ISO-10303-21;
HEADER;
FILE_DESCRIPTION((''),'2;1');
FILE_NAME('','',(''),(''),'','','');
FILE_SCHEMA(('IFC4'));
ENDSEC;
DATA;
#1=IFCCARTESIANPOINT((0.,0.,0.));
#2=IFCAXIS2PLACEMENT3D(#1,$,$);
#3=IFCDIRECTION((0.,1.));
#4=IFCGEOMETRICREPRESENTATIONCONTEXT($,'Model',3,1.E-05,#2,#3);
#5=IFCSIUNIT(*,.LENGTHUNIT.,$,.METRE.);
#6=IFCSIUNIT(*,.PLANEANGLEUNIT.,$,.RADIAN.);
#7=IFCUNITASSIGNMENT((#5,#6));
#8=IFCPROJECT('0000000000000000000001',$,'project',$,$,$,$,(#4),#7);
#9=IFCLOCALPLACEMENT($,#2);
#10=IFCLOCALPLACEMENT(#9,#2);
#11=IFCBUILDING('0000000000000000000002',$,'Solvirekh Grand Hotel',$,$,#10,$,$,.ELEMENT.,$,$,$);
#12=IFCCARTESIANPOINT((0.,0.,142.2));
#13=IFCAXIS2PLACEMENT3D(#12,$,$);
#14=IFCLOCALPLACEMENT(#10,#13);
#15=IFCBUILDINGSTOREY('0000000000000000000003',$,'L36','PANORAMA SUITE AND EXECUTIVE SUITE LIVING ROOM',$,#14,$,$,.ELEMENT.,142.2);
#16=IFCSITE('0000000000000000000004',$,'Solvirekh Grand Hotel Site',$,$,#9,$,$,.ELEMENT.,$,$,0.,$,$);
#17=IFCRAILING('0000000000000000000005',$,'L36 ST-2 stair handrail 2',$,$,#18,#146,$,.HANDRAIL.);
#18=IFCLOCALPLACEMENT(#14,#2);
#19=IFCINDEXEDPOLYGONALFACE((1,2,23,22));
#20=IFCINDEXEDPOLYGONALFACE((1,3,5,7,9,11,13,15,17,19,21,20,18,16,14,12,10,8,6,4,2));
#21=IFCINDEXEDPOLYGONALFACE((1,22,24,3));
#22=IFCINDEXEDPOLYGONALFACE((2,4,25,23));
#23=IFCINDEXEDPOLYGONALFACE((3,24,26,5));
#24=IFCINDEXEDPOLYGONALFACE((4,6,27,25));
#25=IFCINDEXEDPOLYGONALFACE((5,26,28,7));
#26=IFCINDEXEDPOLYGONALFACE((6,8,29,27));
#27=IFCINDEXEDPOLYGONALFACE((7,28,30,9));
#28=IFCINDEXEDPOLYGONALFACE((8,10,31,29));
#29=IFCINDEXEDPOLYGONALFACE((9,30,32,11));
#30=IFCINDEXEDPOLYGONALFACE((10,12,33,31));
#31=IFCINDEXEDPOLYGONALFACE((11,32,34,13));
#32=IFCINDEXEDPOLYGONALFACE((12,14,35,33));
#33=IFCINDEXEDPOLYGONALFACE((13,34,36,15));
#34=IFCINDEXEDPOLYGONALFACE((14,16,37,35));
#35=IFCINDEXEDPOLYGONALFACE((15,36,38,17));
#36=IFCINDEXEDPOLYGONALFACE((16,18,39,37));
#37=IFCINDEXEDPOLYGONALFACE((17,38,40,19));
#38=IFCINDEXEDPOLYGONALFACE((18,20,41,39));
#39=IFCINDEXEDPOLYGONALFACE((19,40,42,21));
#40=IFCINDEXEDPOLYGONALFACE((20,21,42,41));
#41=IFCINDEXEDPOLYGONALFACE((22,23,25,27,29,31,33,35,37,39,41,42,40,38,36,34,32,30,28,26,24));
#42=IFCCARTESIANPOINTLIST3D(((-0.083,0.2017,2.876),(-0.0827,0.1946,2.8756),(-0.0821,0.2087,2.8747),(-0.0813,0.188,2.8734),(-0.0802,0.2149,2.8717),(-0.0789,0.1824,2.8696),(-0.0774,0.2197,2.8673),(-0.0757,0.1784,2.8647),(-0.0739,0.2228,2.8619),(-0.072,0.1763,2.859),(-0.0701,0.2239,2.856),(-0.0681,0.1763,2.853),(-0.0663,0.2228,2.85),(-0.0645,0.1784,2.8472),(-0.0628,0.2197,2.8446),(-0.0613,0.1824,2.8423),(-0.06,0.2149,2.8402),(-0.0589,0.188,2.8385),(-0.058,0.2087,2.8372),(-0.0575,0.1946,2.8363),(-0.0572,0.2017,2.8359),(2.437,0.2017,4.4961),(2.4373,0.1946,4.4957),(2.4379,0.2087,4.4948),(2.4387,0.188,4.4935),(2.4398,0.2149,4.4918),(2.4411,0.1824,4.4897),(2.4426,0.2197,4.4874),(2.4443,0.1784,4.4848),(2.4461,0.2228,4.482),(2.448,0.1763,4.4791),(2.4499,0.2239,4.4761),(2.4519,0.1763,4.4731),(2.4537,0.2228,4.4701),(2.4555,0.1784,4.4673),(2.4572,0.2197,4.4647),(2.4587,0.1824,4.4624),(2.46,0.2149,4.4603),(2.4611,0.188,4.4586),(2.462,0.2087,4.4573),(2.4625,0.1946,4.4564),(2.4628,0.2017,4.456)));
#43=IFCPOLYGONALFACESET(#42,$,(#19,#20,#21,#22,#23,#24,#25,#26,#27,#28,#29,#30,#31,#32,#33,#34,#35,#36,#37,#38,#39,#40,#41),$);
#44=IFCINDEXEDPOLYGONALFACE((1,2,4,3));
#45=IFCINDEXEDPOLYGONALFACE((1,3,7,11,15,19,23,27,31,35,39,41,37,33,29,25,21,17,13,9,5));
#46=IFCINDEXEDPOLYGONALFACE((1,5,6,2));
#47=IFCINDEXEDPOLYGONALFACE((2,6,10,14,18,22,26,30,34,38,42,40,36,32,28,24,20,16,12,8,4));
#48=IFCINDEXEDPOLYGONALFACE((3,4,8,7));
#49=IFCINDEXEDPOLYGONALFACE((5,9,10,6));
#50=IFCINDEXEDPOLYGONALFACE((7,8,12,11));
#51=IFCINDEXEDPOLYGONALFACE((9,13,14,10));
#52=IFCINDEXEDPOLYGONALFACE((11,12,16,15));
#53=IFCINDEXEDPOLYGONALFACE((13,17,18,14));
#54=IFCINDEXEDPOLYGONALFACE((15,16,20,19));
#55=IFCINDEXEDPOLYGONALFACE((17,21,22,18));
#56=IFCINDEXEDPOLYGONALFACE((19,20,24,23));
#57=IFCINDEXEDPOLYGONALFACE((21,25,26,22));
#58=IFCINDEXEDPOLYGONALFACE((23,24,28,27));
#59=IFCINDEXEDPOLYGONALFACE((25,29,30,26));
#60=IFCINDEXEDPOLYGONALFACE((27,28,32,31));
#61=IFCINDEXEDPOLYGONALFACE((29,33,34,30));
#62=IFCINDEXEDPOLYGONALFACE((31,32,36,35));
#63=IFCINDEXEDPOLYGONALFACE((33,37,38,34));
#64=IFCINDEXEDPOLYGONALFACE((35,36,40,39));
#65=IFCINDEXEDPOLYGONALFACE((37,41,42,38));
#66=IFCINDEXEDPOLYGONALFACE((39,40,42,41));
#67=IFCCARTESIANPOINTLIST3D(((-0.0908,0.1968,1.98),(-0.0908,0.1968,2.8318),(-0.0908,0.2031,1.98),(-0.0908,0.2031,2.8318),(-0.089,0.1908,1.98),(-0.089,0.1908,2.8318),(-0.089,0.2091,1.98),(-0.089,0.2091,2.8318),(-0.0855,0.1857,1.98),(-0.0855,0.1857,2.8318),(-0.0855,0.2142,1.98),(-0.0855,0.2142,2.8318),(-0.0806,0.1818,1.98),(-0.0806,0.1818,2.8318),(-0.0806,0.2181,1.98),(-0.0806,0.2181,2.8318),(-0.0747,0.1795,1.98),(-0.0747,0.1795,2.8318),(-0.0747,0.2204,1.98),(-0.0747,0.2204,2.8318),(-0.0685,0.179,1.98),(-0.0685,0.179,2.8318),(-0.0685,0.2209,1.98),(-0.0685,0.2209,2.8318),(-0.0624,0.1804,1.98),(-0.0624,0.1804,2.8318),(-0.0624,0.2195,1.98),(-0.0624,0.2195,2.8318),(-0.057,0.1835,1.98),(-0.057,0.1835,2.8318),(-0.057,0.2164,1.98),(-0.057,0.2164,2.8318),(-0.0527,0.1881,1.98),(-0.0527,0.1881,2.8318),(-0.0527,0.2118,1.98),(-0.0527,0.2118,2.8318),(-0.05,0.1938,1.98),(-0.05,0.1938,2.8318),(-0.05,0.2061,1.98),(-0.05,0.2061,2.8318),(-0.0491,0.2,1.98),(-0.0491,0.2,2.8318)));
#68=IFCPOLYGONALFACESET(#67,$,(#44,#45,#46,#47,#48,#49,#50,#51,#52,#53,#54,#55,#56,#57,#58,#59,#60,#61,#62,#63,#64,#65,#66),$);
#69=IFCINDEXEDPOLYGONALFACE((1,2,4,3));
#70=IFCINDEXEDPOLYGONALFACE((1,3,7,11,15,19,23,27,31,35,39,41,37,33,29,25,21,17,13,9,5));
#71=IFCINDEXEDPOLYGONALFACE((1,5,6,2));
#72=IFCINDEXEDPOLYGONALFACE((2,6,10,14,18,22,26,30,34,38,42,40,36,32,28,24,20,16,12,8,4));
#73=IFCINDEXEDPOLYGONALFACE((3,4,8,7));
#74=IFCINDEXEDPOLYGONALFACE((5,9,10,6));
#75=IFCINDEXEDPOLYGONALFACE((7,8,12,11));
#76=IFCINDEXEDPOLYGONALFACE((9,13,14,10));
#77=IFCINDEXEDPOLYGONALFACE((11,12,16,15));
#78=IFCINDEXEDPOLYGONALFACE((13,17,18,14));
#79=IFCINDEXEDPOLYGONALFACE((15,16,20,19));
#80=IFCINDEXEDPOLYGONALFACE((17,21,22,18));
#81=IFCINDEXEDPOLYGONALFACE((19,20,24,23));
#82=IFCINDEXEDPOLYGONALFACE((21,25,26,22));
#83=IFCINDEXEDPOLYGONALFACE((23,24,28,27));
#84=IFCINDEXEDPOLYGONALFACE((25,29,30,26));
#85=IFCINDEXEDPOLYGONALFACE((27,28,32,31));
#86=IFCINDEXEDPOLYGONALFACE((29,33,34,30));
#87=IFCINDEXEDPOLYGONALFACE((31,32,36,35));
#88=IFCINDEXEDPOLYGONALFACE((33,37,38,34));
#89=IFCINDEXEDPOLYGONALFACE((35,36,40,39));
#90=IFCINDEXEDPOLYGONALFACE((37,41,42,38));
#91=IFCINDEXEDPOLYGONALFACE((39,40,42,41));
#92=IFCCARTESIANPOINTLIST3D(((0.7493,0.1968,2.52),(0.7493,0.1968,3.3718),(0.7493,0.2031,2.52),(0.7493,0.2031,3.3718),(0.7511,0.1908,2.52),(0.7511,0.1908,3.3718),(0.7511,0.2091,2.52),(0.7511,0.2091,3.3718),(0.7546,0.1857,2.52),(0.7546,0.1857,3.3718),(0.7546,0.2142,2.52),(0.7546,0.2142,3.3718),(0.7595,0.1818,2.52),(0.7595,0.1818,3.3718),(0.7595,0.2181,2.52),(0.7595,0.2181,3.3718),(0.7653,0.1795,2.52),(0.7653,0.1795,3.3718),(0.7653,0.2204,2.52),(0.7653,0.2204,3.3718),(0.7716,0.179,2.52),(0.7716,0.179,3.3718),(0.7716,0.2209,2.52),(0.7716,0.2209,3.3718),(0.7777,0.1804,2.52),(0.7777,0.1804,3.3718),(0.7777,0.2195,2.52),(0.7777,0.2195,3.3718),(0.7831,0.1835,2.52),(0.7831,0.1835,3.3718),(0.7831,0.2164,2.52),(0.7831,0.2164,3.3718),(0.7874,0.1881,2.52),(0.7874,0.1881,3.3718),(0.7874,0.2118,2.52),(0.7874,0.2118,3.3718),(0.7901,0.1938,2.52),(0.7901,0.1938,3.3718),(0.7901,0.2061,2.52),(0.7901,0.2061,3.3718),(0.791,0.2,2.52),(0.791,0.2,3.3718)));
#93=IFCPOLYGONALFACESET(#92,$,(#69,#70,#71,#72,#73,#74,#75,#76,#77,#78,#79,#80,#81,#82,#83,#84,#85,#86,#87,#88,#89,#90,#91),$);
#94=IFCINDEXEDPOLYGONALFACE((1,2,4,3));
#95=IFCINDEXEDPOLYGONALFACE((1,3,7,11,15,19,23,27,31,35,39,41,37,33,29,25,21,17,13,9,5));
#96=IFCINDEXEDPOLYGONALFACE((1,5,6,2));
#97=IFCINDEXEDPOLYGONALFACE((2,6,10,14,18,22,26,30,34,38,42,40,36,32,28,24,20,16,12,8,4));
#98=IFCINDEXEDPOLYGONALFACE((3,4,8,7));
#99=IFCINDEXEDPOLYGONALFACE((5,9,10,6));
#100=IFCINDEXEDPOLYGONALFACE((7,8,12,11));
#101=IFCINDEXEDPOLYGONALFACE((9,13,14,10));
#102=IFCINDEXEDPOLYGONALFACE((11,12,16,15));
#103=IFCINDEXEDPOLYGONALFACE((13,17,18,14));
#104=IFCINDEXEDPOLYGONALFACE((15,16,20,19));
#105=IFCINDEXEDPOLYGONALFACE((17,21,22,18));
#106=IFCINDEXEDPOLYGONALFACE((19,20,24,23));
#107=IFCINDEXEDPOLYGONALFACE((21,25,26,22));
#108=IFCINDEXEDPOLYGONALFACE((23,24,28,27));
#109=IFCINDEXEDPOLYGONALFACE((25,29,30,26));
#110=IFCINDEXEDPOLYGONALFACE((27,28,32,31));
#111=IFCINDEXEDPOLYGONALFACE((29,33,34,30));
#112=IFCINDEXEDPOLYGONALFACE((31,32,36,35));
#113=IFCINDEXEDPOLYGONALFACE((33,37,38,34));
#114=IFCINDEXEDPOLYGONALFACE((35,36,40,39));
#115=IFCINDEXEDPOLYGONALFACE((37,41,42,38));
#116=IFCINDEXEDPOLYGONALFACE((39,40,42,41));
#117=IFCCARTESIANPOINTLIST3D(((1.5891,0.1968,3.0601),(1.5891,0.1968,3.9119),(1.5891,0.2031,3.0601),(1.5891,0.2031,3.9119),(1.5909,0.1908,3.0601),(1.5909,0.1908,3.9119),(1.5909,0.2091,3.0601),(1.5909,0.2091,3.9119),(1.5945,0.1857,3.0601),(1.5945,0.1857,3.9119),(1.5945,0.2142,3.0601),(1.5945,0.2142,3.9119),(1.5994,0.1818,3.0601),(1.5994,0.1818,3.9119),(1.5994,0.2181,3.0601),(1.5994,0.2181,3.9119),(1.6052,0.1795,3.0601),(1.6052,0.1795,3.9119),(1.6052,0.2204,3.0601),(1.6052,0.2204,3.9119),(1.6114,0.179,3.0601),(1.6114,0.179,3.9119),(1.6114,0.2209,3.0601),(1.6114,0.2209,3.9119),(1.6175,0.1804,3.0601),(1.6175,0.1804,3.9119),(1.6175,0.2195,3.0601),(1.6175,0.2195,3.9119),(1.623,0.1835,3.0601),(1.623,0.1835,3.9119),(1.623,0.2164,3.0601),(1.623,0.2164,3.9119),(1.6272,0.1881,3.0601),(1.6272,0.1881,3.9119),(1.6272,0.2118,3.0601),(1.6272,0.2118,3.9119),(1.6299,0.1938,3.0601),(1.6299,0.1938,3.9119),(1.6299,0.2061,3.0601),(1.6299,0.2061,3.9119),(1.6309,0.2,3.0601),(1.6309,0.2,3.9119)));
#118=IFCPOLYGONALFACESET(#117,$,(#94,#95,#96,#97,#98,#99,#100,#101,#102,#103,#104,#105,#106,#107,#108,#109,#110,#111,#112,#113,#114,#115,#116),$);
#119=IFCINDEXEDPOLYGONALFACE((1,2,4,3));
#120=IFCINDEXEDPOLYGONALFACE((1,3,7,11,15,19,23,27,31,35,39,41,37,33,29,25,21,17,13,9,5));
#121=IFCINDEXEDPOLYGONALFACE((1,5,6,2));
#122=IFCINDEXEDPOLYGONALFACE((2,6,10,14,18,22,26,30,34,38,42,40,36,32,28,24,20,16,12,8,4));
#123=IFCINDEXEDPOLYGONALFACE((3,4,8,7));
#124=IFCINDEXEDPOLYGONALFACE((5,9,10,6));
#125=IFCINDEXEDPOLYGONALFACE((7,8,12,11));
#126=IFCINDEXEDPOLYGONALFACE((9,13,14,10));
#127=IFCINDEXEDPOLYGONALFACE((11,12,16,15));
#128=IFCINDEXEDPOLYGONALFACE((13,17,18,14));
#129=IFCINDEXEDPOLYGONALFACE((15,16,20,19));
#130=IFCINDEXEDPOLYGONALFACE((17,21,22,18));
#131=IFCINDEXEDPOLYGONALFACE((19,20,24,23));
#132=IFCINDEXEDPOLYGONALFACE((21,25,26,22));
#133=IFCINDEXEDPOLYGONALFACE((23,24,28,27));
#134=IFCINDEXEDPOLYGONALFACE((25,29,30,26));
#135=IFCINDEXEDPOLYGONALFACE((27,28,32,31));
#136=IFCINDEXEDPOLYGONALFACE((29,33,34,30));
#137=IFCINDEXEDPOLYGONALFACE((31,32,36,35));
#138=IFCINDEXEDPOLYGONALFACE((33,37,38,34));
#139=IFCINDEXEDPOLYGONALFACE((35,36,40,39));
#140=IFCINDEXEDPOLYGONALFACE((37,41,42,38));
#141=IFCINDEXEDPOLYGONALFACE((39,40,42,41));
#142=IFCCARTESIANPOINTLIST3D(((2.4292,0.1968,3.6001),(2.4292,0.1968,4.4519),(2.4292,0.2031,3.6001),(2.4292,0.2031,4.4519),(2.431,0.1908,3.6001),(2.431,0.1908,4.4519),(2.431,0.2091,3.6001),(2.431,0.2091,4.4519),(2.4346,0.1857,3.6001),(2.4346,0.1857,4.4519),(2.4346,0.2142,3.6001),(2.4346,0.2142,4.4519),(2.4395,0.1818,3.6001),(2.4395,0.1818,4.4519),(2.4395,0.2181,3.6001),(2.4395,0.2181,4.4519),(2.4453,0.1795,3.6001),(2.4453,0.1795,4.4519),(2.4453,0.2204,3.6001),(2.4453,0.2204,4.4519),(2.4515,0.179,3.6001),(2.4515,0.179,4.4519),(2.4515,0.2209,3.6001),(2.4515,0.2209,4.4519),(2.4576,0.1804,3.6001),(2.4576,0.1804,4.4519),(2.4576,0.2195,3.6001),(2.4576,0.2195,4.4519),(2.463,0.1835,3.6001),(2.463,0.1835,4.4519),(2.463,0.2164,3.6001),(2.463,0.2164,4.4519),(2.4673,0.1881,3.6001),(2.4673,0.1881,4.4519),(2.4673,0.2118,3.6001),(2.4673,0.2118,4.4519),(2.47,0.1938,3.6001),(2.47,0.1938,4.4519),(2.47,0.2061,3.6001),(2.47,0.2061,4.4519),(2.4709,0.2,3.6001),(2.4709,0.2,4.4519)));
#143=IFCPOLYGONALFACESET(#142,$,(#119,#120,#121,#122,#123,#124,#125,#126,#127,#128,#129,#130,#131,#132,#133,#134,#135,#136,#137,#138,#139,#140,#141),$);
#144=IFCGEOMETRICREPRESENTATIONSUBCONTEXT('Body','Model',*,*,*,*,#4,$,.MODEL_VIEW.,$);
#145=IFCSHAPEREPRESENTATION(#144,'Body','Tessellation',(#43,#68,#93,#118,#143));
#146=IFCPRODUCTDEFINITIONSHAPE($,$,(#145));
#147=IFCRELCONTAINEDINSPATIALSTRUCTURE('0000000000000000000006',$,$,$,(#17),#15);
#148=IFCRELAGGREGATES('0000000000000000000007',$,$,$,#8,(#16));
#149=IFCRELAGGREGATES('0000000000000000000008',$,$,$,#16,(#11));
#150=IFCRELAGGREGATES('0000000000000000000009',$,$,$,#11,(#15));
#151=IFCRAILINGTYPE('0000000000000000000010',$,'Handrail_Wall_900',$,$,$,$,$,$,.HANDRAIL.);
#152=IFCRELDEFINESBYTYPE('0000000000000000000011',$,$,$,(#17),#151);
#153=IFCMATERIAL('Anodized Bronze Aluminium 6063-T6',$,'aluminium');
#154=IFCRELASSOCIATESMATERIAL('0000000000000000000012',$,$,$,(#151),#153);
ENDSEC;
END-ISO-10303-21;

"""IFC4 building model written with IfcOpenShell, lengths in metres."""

from ifc_helpers import new_model, si_unit, direction, frame, origin, origin_2d, place, context, subcontext, project, spatial, circle, extrude, material, type_object, element, save


model = new_model("IFC4")

# Units and contexts
model_context = context("Model", 3, precision=1e-05, world=origin(), true_north=direction((0.0, 1.0)))
body_context = subcontext(model_context, "Body", "Model", "MODEL_VIEW")
ifc_project = project(units=[si_unit("LENGTHUNIT", "METRE"), si_unit("PLANEANGLEUNIT", "RADIAN")], contexts=[model_context])

# Site, building, storey
site_placement = place(None, origin())
site = spatial("IfcSite", under=ifc_project, at=site_placement, Name="Solvirekh Grand Hotel Site", CompositionType="ELEMENT", RefElevation=0.0)
building_placement = place(site_placement, origin())
building = spatial("IfcBuilding", under=site, at=building_placement, Name="Solvirekh Grand Hotel", CompositionType="ELEMENT")
storey_placement = place(building_placement, frame((0.0, 0.0, 142.2)))
storey = spatial("IfcBuildingStorey", under=building, at=storey_placement, Name="L36", Description="PANORAMA SUITE AND EXECUTIVE SUITE LIVING ROOM", CompositionType="ELEMENT", Elevation=142.2)

# Shared definitions
ifc_material_1 = material(Name="Anodized Bronze Aluminium 6063-T6", Category="aluminium")

# Railing
railing_type_1 = type_object("IfcRailingType", Name="Handrail_Wall_900", PredefinedType="HANDRAIL", material=ifc_material_1)
for number, where, name in (
    (1, (-0.0701, 0.2, 1.98), "L36 ST-2 stair handrail 2"),
):
    element("IfcRailing", number, at=place(storey_placement, frame(where)), inside=storey, type_object=railing_type_1, Name=name, PredefinedType="HANDRAIL", context=body_context, shape_type="SweptSolid", body=[
        extrude(circle(Radius=0.0239, at=origin_2d()), frame((0.0, 0.0, 0.876), z_axis=(0.841163, 0.0, 0.540782), x_axis=(0.0, 1.0, 0.0)), (0.0, 0.0, 1.0), 2.9958),
        extrude(circle(Radius=0.021, at=origin_2d()), origin(), (0.0, 0.0, 1.0), 0.8518),
        extrude(circle(Radius=0.021, at=origin_2d()), frame((0.8401, 0.0, 0.54)), (0.0, 0.0, 1.0), 0.8518),
        extrude(circle(Radius=0.021, at=origin_2d()), frame((1.6799, 0.0, 1.0801)), (0.0, 0.0, 1.0), 0.8518),
        extrude(circle(Radius=0.021, at=origin_2d()), frame((2.52, 0.0, 1.6201)), (0.0, 0.0, 1.0), 0.8518),
    ])

save(model, "model.ifc")
